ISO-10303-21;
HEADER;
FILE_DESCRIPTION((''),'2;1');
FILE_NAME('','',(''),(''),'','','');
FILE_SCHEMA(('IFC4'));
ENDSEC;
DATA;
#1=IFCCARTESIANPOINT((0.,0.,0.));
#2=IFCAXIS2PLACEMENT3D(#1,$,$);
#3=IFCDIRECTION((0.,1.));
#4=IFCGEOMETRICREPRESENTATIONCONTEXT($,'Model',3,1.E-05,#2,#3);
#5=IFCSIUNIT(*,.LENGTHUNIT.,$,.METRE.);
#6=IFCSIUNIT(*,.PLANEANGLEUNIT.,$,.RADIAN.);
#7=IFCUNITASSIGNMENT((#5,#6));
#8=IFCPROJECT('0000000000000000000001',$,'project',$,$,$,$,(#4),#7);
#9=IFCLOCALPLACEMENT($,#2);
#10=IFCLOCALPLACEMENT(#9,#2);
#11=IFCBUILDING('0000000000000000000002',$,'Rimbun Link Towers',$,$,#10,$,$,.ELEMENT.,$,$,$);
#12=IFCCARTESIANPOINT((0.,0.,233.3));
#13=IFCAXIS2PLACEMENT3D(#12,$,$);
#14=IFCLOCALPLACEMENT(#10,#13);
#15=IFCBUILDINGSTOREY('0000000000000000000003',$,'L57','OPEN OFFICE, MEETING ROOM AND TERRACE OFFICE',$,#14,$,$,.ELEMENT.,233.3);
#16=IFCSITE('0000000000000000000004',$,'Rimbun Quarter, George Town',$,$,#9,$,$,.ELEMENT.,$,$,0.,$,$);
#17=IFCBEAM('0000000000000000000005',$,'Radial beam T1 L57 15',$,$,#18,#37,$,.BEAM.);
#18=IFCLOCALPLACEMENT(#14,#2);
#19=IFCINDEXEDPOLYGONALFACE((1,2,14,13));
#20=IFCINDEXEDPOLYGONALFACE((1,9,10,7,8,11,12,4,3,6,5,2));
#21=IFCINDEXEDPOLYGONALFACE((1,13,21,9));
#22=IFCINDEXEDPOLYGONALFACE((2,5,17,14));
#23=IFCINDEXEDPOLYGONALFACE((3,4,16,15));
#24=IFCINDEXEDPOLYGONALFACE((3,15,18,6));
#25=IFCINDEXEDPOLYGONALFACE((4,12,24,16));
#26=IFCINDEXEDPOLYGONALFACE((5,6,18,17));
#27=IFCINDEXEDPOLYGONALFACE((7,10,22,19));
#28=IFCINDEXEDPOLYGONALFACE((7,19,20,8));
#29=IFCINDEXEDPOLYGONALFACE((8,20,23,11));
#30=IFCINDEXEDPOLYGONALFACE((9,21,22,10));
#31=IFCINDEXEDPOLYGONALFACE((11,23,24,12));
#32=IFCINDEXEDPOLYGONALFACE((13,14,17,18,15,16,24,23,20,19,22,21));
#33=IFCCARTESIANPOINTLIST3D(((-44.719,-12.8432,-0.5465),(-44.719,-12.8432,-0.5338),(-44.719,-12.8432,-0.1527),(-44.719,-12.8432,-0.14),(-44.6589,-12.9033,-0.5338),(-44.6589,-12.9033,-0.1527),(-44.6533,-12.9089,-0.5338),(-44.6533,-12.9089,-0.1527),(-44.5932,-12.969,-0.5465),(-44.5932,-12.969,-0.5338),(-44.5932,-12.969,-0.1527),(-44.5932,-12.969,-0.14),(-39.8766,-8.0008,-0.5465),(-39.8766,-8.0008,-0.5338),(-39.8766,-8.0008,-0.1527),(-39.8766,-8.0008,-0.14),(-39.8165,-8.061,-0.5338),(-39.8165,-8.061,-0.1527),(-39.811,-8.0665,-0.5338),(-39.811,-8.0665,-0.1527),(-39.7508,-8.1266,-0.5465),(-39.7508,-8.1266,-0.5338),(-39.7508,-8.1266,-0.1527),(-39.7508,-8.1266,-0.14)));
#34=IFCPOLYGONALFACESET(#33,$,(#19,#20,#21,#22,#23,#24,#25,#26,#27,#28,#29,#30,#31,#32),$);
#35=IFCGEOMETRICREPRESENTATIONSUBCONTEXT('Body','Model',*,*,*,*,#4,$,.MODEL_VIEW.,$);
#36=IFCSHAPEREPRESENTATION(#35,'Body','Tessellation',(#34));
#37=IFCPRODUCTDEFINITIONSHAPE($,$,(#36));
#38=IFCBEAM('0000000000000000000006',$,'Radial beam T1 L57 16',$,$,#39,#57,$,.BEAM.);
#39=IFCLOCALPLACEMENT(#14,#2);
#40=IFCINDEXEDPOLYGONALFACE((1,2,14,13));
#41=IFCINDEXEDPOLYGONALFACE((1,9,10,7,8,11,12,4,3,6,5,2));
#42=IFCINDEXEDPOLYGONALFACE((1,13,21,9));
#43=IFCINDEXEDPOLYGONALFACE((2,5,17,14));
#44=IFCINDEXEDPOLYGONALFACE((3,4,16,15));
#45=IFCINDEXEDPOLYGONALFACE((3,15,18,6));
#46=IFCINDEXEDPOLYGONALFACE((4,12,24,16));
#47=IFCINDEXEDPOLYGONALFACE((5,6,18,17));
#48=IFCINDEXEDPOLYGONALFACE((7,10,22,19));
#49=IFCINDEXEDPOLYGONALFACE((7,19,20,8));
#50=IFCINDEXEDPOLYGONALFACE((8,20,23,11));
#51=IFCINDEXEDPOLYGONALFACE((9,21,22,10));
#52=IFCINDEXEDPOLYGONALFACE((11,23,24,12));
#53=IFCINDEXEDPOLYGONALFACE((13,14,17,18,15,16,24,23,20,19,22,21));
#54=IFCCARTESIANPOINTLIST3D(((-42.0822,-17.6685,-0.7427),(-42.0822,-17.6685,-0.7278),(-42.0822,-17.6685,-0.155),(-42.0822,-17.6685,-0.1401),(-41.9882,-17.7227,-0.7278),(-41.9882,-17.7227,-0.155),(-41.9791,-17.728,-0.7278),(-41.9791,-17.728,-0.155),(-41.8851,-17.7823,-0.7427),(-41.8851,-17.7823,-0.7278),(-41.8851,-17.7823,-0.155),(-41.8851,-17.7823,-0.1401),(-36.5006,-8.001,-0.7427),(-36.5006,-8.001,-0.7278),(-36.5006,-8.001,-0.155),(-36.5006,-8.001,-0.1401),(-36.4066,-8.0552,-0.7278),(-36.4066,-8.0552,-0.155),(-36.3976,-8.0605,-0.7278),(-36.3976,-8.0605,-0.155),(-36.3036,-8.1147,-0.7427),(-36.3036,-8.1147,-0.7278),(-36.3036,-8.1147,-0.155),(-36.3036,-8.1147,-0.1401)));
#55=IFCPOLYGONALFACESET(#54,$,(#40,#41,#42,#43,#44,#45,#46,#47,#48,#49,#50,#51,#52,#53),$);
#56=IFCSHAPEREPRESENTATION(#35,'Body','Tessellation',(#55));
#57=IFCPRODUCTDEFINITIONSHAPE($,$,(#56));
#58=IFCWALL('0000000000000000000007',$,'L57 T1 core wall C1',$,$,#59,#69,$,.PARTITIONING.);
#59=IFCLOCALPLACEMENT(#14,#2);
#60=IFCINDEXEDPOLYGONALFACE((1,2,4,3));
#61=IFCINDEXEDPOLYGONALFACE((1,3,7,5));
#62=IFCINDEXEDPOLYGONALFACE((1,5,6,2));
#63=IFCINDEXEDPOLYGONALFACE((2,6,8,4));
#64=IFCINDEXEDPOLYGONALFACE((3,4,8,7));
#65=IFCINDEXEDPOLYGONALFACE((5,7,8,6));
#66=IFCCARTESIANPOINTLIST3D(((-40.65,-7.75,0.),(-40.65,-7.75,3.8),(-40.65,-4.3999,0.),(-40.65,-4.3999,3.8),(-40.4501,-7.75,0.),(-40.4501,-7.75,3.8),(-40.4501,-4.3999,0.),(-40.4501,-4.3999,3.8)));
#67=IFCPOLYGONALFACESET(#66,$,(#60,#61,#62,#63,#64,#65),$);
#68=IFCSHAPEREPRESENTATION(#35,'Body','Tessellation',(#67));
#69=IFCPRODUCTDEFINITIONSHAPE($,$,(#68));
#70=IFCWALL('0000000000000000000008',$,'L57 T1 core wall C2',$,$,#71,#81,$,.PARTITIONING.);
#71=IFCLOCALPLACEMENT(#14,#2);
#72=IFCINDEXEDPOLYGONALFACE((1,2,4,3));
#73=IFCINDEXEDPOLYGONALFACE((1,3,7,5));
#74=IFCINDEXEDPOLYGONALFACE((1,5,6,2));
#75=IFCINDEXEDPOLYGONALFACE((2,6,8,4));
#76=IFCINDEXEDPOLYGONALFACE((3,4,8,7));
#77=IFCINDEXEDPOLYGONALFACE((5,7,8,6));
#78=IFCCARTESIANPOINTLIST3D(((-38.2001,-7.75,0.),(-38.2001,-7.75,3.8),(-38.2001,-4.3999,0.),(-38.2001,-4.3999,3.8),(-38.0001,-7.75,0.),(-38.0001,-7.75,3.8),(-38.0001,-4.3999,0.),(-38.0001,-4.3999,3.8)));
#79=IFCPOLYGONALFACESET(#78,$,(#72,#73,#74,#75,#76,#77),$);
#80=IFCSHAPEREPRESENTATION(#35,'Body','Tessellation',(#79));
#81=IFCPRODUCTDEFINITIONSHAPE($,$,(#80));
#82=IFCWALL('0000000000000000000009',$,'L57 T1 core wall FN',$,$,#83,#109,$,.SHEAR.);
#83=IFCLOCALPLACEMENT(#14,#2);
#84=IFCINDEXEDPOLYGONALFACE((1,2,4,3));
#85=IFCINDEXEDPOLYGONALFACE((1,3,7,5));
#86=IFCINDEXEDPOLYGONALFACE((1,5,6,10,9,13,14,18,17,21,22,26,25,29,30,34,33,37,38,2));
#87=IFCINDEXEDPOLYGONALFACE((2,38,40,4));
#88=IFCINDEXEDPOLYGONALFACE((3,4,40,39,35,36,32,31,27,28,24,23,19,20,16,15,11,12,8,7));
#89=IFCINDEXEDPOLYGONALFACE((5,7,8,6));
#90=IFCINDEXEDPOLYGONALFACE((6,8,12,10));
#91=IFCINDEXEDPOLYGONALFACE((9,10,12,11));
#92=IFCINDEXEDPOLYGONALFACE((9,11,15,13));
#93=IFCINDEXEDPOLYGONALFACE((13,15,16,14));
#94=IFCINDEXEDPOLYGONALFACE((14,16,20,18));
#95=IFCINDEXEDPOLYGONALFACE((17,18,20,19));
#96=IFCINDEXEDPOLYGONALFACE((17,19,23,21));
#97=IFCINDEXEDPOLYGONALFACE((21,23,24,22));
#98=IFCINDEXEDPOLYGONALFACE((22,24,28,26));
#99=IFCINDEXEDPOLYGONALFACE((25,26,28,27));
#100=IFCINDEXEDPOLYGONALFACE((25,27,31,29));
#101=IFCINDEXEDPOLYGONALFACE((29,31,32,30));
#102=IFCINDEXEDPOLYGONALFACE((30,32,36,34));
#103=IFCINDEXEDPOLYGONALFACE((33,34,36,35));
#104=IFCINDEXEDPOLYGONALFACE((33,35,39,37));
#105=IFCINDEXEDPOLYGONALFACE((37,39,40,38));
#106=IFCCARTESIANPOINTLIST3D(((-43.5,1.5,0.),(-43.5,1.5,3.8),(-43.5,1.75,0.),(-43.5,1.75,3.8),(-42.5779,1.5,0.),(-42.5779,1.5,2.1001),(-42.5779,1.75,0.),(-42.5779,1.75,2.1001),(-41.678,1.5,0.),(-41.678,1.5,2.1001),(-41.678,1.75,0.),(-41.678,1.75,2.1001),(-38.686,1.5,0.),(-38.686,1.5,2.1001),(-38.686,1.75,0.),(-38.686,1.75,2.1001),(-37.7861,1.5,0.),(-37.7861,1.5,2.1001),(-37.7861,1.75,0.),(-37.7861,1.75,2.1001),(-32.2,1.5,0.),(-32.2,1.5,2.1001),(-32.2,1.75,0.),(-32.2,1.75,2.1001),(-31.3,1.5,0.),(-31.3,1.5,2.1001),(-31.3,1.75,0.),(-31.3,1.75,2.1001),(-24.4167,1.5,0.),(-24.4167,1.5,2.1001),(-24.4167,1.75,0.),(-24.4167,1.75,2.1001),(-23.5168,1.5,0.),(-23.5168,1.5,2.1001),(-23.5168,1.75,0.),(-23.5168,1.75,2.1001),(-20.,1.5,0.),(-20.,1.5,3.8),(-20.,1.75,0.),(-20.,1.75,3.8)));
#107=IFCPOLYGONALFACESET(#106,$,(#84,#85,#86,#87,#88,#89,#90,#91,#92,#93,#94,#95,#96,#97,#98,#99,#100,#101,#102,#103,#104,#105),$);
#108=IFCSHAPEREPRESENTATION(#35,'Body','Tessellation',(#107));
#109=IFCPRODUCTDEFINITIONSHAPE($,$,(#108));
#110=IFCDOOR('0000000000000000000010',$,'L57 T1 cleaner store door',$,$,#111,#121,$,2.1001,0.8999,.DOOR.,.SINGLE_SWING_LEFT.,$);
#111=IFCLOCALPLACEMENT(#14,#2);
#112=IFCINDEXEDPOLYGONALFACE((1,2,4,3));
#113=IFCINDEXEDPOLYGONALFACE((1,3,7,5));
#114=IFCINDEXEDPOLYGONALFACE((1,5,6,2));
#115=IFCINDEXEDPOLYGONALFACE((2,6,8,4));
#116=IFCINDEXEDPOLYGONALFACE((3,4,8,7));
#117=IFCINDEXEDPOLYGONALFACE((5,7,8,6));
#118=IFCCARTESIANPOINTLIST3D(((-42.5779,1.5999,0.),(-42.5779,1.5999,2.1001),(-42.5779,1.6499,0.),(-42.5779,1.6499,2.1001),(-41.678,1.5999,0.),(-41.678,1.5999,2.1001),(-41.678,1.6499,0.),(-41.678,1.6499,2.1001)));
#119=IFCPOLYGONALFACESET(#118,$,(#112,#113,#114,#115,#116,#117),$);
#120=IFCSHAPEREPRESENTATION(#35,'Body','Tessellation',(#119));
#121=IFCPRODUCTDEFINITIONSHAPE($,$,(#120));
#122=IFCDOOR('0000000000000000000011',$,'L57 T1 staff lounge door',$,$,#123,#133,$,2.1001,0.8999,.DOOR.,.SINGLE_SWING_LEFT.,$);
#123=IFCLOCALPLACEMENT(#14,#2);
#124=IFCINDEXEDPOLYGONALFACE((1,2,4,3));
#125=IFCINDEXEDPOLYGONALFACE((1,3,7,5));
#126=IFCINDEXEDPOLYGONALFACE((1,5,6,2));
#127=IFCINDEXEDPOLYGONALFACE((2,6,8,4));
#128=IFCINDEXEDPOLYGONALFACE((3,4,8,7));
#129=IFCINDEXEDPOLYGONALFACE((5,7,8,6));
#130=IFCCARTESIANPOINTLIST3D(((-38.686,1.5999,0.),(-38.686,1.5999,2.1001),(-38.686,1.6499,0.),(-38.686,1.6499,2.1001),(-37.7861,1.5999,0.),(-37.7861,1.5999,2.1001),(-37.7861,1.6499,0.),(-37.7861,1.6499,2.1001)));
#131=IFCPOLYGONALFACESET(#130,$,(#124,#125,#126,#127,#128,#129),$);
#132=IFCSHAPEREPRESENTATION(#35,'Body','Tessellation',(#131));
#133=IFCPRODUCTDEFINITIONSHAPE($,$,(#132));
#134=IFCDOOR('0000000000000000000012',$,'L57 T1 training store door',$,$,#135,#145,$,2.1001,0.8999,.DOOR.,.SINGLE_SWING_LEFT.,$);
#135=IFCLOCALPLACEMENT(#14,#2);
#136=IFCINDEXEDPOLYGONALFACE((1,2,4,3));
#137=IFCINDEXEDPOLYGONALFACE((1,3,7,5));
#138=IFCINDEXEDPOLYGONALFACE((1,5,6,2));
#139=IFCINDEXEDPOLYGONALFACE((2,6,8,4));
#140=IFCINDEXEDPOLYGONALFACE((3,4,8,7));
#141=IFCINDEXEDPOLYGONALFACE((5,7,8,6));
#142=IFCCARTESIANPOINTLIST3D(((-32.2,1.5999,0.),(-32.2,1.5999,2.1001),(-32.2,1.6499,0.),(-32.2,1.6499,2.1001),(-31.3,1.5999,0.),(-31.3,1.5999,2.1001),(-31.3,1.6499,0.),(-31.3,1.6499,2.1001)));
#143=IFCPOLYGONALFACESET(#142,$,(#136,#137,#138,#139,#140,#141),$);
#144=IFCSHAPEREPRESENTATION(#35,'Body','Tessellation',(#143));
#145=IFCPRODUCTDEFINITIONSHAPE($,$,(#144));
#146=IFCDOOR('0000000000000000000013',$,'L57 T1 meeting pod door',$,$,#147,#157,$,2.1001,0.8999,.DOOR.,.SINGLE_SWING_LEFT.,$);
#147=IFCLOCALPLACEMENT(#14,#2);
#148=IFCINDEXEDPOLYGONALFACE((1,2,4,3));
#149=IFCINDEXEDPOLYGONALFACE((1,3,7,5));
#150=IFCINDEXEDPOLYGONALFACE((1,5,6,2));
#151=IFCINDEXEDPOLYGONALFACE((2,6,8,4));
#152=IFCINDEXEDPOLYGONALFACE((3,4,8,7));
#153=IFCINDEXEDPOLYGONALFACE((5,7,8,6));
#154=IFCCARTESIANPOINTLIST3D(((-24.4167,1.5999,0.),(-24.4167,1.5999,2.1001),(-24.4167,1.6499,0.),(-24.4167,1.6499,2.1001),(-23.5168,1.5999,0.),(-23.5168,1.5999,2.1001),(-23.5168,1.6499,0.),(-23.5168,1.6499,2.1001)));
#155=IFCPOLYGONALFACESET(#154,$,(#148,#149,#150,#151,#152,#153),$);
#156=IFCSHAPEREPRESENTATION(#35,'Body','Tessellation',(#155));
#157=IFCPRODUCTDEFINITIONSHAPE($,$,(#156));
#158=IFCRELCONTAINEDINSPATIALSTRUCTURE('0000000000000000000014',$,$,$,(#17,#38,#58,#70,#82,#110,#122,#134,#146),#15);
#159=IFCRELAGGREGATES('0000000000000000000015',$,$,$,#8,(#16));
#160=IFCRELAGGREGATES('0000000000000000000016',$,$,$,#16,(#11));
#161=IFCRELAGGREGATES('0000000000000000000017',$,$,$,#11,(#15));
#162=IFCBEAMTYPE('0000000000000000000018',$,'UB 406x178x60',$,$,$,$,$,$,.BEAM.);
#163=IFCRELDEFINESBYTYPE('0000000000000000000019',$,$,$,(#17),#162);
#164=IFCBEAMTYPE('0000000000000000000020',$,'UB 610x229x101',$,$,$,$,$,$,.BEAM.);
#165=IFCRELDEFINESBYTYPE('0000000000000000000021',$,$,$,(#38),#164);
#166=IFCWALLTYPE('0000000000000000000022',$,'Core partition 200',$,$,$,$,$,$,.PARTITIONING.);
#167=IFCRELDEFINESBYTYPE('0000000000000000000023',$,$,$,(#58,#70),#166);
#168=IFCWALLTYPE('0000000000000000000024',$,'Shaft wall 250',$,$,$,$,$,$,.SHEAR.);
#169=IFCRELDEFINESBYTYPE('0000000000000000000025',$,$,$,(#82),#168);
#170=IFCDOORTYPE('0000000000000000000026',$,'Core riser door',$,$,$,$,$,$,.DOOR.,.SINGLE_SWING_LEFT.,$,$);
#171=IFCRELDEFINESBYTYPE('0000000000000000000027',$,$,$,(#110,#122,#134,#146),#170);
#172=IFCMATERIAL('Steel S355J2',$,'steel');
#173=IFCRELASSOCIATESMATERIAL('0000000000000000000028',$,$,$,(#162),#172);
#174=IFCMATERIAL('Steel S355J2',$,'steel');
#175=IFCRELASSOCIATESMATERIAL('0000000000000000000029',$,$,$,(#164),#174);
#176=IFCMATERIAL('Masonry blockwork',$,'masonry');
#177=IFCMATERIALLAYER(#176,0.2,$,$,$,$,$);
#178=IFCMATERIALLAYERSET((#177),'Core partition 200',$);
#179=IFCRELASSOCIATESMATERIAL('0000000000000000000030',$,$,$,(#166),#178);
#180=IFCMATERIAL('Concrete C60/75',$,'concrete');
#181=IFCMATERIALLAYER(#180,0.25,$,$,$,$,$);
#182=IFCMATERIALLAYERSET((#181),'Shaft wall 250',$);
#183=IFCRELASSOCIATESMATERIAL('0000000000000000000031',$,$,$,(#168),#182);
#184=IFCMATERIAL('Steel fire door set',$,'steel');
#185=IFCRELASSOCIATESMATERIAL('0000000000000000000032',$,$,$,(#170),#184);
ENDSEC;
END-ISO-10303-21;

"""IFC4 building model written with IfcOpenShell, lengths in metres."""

from ifc_helpers import new_model, si_unit, direction, frame, frame_2d, origin, origin_2d, place, context, subcontext, project, spatial, rectangle, i_section, extrude, material, layer, layer_set, material_profile, profile_set, type_object, element, fill, save


model = new_model("IFC4")

# Units and contexts
model_context = context("Model", 3, precision=1e-05, world=origin(), true_north=direction((0.0, 1.0)))
body_context = subcontext(model_context, "Body", "Model", "MODEL_VIEW")
ifc_project = project(units=[si_unit("LENGTHUNIT", "METRE"), si_unit("PLANEANGLEUNIT", "RADIAN")], contexts=[model_context])

# Site, building, storey
site_placement = place(None, origin())
site = spatial("IfcSite", under=ifc_project, at=site_placement, Name="Rimbun Quarter, George Town", CompositionType="ELEMENT", RefElevation=0.0)
building_placement = place(site_placement, origin())
building = spatial("IfcBuilding", under=site, at=building_placement, Name="Rimbun Link Towers", CompositionType="ELEMENT")
storey_placement = place(building_placement, frame((0.0, 0.0, 233.3)))
storey = spatial("IfcBuildingStorey", under=building, at=storey_placement, Name="L57", Description="OPEN OFFICE, MEETING ROOM AND TERRACE OFFICE", CompositionType="ELEMENT", Elevation=233.3)

# Beams
ifc_material_1 = material(Name="Steel S355J2", Category="steel")
ifc_material_profile_1 = material_profile(ifc_material_1, i_section(OverallWidth=0.178, OverallDepth=0.4065, WebThickness=0.0078, FlangeThickness=0.0127, at=origin_2d()), Name="UB 406x178x60")
ifc_profile_set_1 = profile_set([ifc_material_profile_1], Name="Steel S355J2")
beam_type_1 = type_object("IfcBeamType", Name="UB 406x178x60", PredefinedType="BEAM", material=ifc_profile_set_1)
beam_1_placement = place(storey_placement, frame((-39.8137, -8.0637, -0.3433), z_axis=(-0.707107, -0.707107, 0.0), x_axis=(0.707107, -0.707107, 0.0)))
element("IfcBeam", 1, at=beam_1_placement, inside=storey, type_object=beam_type_1, Name="Radial beam T1 L57 15", PredefinedType="BEAM", context=body_context, shape_type="SweptSolid", body=[
    extrude(i_section(OverallWidth=0.178, OverallDepth=0.4065, WebThickness=0.0078, FlangeThickness=0.0127, at=origin_2d()), origin(), (0.0, 0.0, 1.0), 6.8481),
])
ifc_material_2 = material(Name="Steel S355J2", Category="steel")
ifc_material_profile_2 = material_profile(ifc_material_2, i_section(OverallWidth=0.2275, OverallDepth=0.6025, WebThickness=0.0105, FlangeThickness=0.0149, at=origin_2d()), Name="UB 610x229x101")
ifc_profile_set_2 = profile_set([ifc_material_profile_2], Name="Steel S355J2")
beam_type_2 = type_object("IfcBeamType", Name="UB 610x229x101", PredefinedType="BEAM", material=ifc_profile_set_2)
beam_2_placement = place(storey_placement, frame((-36.4021, -8.0579, -0.4414), z_axis=(-0.500001, -0.866025, 0.0), x_axis=(0.866025, -0.500001, 0.0)))
element("IfcBeam", 2, at=beam_2_placement, inside=storey, type_object=beam_type_2, Name="Radial beam T1 L57 16", PredefinedType="BEAM", context=body_context, shape_type="SweptSolid", body=[
    extrude(i_section(OverallWidth=0.2275, OverallDepth=0.6025, WebThickness=0.0105, FlangeThickness=0.0149, at=origin_2d()), origin(), (0.0, 0.0, 1.0), 11.1631),
])

# Walls
ifc_material_3 = material(Name="Masonry blockwork", Category="masonry")
ifc_layer_1 = layer(ifc_material_3, 0.2)
ifc_layer_set_1 = layer_set([ifc_layer_1], Name="Core partition 200")
wall_type_1 = type_object("IfcWallType", Name="Core partition 200", PredefinedType="PARTITIONING", material=ifc_layer_set_1)
for number, where, z_axis, x_axis, name in (
    (3, (-40.55, -4.3999, 0.0), (0.0, 0.0, 1.0), (0.0, -1.0, 0.0), "L57 T1 core wall C1"),
    (4, (-38.1001, -4.3999, 0.0), (0.0, 0.0, 1.0), (0.0, -1.0, 0.0), "L57 T1 core wall C2"),
):
    element("IfcWall", number, at=place(storey_placement, frame(where, z_axis=z_axis, x_axis=x_axis)), inside=storey, type_object=wall_type_1, Name=name, PredefinedType="PARTITIONING", context=body_context, shape_type="SweptSolid", body=[
        extrude(rectangle(XDim=3.3501, YDim=0.2, at=frame_2d((1.675, 0.0))), origin(), (0.0, 0.0, 1.0), 3.8),
    ])

# Wall, openings, doors
ifc_material_4 = material(Name="Concrete C60/75", Category="concrete")
ifc_layer_2 = layer(ifc_material_4, 0.25)
ifc_layer_set_2 = layer_set([ifc_layer_2], Name="Shaft wall 250")
wall_type_2 = type_object("IfcWallType", Name="Shaft wall 250", PredefinedType="SHEAR", material=ifc_layer_set_2)
wall_1_placement = place(storey_placement, frame((-43.5, 1.625, 0.0), z_axis=(0.0, 0.0, 1.0), x_axis=(1.0, 0.0, 0.0)))
wall_1 = element("IfcWall", 5, at=wall_1_placement, inside=storey, type_object=wall_type_2, Name="L57 T1 core wall FN", PredefinedType="SHEAR", context=body_context, shape_type="SweptSolid", body=[
    extrude(rectangle(XDim=23.5, YDim=0.25, at=frame_2d((11.75, 0.0))), origin(), (0.0, 0.0, 1.0), 3.8),
])
opening_1_placement = place(wall_1_placement, frame((0.9221, 0.0, 0.0)))
opening_1 = element("IfcOpeningElement", 6, at=opening_1_placement, cuts=wall_1, PredefinedType="OPENING", context=body_context, shape_type="SweptSolid", body=[
    extrude(rectangle(XDim=0.8999, YDim=2.1001, at=frame_2d((0.45, 1.05))), frame((0.0, 0.135, 0.0), z_axis=(0.0, -1.0, 0.0), x_axis=(1.0, 0.0, 0.0)), (0.0, 0.0, 1.0), 0.27),
])
opening_2_placement = place(wall_1_placement, frame((4.814, 0.0, 0.0)))
opening_2 = element("IfcOpeningElement", 7, at=opening_2_placement, cuts=wall_1, PredefinedType="OPENING", context=body_context, shape_type="SweptSolid", body=[
    extrude(rectangle(XDim=0.8999, YDim=2.1001, at=frame_2d((0.45, 1.05))), frame((0.0, 0.135, 0.0), z_axis=(0.0, -1.0, 0.0), x_axis=(1.0, 0.0, 0.0)), (0.0, 0.0, 1.0), 0.27),
])
opening_3_placement = place(wall_1_placement, frame((11.3, 0.0, 0.0)))
opening_3 = element("IfcOpeningElement", 8, at=opening_3_placement, cuts=wall_1, PredefinedType="OPENING", context=body_context, shape_type="SweptSolid", body=[
    extrude(rectangle(XDim=0.8999, YDim=2.1001, at=frame_2d((0.45, 1.05))), frame((0.0, 0.135, 0.0), z_axis=(0.0, -1.0, 0.0), x_axis=(1.0, 0.0, 0.0)), (0.0, 0.0, 1.0), 0.27),
])
opening_4_placement = place(wall_1_placement, frame((19.0833, 0.0, 0.0)))
opening_4 = element("IfcOpeningElement", 9, at=opening_4_placement, cuts=wall_1, PredefinedType="OPENING", context=body_context, shape_type="SweptSolid", body=[
    extrude(rectangle(XDim=0.8999, YDim=2.1001, at=frame_2d((0.45, 1.05))), frame((0.0, 0.135, 0.0), z_axis=(0.0, -1.0, 0.0), x_axis=(1.0, 0.0, 0.0)), (0.0, 0.0, 1.0), 0.27),
])
ifc_material_5 = material(Name="Steel fire door set", Category="steel")
door_type_1 = type_object("IfcDoorType", Name="Core riser door", OperationType="SINGLE_SWING_LEFT", PredefinedType="DOOR", material=ifc_material_5)
door_1_placement = place(opening_1_placement, origin())
door_1 = element("IfcDoor", 10, at=door_1_placement, inside=storey, type_object=door_type_1, Name="L57 T1 cleaner store door", OperationType="SINGLE_SWING_LEFT", OverallHeight=2.1001, OverallWidth=0.8999, PredefinedType="DOOR", context=body_context, shape_type="SweptSolid", body=[
    extrude(rectangle(XDim=0.8999, YDim=2.1001, at=frame_2d((0.45, 1.05))), frame((0.0, 0.0249, 0.0), z_axis=(0.0, -1.0, 0.0), x_axis=(1.0, 0.0, 0.0)), (0.0, 0.0, 1.0), 0.05),
])
fill(opening_1, door_1)
door_2_placement = place(opening_2_placement, origin())
door_2 = element("IfcDoor", 11, at=door_2_placement, inside=storey, type_object=door_type_1, Name="L57 T1 staff lounge door", OperationType="SINGLE_SWING_LEFT", OverallHeight=2.1001, OverallWidth=0.8999, PredefinedType="DOOR", context=body_context, shape_type="SweptSolid", body=[
    extrude(rectangle(XDim=0.8999, YDim=2.1001, at=frame_2d((0.45, 1.05))), frame((0.0, 0.0249, 0.0), z_axis=(0.0, -1.0, 0.0), x_axis=(1.0, 0.0, 0.0)), (0.0, 0.0, 1.0), 0.05),
])
fill(opening_2, door_2)
door_3_placement = place(opening_3_placement, origin())
door_3 = element("IfcDoor", 12, at=door_3_placement, inside=storey, type_object=door_type_1, Name="L57 T1 training store door", OperationType="SINGLE_SWING_LEFT", OverallHeight=2.1001, OverallWidth=0.8999, PredefinedType="DOOR", context=body_context, shape_type="SweptSolid", body=[
    extrude(rectangle(XDim=0.8999, YDim=2.1001, at=frame_2d((0.45, 1.05))), frame((0.0, 0.0249, 0.0), z_axis=(0.0, -1.0, 0.0), x_axis=(1.0, 0.0, 0.0)), (0.0, 0.0, 1.0), 0.05),
])
fill(opening_3, door_3)
door_4_placement = place(opening_4_placement, origin())
door_4 = element("IfcDoor", 13, at=door_4_placement, inside=storey, type_object=door_type_1, Name="L57 T1 meeting pod door", OperationType="SINGLE_SWING_LEFT", OverallHeight=2.1001, OverallWidth=0.8999, PredefinedType="DOOR", context=body_context, shape_type="SweptSolid", body=[
    extrude(rectangle(XDim=0.8999, YDim=2.1001, at=frame_2d((0.45, 1.05))), frame((0.0, 0.0249, 0.0), z_axis=(0.0, -1.0, 0.0), x_axis=(1.0, 0.0, 0.0)), (0.0, 0.0, 1.0), 0.05),
])
fill(opening_4, door_4)

save(model, "model.ifc")
